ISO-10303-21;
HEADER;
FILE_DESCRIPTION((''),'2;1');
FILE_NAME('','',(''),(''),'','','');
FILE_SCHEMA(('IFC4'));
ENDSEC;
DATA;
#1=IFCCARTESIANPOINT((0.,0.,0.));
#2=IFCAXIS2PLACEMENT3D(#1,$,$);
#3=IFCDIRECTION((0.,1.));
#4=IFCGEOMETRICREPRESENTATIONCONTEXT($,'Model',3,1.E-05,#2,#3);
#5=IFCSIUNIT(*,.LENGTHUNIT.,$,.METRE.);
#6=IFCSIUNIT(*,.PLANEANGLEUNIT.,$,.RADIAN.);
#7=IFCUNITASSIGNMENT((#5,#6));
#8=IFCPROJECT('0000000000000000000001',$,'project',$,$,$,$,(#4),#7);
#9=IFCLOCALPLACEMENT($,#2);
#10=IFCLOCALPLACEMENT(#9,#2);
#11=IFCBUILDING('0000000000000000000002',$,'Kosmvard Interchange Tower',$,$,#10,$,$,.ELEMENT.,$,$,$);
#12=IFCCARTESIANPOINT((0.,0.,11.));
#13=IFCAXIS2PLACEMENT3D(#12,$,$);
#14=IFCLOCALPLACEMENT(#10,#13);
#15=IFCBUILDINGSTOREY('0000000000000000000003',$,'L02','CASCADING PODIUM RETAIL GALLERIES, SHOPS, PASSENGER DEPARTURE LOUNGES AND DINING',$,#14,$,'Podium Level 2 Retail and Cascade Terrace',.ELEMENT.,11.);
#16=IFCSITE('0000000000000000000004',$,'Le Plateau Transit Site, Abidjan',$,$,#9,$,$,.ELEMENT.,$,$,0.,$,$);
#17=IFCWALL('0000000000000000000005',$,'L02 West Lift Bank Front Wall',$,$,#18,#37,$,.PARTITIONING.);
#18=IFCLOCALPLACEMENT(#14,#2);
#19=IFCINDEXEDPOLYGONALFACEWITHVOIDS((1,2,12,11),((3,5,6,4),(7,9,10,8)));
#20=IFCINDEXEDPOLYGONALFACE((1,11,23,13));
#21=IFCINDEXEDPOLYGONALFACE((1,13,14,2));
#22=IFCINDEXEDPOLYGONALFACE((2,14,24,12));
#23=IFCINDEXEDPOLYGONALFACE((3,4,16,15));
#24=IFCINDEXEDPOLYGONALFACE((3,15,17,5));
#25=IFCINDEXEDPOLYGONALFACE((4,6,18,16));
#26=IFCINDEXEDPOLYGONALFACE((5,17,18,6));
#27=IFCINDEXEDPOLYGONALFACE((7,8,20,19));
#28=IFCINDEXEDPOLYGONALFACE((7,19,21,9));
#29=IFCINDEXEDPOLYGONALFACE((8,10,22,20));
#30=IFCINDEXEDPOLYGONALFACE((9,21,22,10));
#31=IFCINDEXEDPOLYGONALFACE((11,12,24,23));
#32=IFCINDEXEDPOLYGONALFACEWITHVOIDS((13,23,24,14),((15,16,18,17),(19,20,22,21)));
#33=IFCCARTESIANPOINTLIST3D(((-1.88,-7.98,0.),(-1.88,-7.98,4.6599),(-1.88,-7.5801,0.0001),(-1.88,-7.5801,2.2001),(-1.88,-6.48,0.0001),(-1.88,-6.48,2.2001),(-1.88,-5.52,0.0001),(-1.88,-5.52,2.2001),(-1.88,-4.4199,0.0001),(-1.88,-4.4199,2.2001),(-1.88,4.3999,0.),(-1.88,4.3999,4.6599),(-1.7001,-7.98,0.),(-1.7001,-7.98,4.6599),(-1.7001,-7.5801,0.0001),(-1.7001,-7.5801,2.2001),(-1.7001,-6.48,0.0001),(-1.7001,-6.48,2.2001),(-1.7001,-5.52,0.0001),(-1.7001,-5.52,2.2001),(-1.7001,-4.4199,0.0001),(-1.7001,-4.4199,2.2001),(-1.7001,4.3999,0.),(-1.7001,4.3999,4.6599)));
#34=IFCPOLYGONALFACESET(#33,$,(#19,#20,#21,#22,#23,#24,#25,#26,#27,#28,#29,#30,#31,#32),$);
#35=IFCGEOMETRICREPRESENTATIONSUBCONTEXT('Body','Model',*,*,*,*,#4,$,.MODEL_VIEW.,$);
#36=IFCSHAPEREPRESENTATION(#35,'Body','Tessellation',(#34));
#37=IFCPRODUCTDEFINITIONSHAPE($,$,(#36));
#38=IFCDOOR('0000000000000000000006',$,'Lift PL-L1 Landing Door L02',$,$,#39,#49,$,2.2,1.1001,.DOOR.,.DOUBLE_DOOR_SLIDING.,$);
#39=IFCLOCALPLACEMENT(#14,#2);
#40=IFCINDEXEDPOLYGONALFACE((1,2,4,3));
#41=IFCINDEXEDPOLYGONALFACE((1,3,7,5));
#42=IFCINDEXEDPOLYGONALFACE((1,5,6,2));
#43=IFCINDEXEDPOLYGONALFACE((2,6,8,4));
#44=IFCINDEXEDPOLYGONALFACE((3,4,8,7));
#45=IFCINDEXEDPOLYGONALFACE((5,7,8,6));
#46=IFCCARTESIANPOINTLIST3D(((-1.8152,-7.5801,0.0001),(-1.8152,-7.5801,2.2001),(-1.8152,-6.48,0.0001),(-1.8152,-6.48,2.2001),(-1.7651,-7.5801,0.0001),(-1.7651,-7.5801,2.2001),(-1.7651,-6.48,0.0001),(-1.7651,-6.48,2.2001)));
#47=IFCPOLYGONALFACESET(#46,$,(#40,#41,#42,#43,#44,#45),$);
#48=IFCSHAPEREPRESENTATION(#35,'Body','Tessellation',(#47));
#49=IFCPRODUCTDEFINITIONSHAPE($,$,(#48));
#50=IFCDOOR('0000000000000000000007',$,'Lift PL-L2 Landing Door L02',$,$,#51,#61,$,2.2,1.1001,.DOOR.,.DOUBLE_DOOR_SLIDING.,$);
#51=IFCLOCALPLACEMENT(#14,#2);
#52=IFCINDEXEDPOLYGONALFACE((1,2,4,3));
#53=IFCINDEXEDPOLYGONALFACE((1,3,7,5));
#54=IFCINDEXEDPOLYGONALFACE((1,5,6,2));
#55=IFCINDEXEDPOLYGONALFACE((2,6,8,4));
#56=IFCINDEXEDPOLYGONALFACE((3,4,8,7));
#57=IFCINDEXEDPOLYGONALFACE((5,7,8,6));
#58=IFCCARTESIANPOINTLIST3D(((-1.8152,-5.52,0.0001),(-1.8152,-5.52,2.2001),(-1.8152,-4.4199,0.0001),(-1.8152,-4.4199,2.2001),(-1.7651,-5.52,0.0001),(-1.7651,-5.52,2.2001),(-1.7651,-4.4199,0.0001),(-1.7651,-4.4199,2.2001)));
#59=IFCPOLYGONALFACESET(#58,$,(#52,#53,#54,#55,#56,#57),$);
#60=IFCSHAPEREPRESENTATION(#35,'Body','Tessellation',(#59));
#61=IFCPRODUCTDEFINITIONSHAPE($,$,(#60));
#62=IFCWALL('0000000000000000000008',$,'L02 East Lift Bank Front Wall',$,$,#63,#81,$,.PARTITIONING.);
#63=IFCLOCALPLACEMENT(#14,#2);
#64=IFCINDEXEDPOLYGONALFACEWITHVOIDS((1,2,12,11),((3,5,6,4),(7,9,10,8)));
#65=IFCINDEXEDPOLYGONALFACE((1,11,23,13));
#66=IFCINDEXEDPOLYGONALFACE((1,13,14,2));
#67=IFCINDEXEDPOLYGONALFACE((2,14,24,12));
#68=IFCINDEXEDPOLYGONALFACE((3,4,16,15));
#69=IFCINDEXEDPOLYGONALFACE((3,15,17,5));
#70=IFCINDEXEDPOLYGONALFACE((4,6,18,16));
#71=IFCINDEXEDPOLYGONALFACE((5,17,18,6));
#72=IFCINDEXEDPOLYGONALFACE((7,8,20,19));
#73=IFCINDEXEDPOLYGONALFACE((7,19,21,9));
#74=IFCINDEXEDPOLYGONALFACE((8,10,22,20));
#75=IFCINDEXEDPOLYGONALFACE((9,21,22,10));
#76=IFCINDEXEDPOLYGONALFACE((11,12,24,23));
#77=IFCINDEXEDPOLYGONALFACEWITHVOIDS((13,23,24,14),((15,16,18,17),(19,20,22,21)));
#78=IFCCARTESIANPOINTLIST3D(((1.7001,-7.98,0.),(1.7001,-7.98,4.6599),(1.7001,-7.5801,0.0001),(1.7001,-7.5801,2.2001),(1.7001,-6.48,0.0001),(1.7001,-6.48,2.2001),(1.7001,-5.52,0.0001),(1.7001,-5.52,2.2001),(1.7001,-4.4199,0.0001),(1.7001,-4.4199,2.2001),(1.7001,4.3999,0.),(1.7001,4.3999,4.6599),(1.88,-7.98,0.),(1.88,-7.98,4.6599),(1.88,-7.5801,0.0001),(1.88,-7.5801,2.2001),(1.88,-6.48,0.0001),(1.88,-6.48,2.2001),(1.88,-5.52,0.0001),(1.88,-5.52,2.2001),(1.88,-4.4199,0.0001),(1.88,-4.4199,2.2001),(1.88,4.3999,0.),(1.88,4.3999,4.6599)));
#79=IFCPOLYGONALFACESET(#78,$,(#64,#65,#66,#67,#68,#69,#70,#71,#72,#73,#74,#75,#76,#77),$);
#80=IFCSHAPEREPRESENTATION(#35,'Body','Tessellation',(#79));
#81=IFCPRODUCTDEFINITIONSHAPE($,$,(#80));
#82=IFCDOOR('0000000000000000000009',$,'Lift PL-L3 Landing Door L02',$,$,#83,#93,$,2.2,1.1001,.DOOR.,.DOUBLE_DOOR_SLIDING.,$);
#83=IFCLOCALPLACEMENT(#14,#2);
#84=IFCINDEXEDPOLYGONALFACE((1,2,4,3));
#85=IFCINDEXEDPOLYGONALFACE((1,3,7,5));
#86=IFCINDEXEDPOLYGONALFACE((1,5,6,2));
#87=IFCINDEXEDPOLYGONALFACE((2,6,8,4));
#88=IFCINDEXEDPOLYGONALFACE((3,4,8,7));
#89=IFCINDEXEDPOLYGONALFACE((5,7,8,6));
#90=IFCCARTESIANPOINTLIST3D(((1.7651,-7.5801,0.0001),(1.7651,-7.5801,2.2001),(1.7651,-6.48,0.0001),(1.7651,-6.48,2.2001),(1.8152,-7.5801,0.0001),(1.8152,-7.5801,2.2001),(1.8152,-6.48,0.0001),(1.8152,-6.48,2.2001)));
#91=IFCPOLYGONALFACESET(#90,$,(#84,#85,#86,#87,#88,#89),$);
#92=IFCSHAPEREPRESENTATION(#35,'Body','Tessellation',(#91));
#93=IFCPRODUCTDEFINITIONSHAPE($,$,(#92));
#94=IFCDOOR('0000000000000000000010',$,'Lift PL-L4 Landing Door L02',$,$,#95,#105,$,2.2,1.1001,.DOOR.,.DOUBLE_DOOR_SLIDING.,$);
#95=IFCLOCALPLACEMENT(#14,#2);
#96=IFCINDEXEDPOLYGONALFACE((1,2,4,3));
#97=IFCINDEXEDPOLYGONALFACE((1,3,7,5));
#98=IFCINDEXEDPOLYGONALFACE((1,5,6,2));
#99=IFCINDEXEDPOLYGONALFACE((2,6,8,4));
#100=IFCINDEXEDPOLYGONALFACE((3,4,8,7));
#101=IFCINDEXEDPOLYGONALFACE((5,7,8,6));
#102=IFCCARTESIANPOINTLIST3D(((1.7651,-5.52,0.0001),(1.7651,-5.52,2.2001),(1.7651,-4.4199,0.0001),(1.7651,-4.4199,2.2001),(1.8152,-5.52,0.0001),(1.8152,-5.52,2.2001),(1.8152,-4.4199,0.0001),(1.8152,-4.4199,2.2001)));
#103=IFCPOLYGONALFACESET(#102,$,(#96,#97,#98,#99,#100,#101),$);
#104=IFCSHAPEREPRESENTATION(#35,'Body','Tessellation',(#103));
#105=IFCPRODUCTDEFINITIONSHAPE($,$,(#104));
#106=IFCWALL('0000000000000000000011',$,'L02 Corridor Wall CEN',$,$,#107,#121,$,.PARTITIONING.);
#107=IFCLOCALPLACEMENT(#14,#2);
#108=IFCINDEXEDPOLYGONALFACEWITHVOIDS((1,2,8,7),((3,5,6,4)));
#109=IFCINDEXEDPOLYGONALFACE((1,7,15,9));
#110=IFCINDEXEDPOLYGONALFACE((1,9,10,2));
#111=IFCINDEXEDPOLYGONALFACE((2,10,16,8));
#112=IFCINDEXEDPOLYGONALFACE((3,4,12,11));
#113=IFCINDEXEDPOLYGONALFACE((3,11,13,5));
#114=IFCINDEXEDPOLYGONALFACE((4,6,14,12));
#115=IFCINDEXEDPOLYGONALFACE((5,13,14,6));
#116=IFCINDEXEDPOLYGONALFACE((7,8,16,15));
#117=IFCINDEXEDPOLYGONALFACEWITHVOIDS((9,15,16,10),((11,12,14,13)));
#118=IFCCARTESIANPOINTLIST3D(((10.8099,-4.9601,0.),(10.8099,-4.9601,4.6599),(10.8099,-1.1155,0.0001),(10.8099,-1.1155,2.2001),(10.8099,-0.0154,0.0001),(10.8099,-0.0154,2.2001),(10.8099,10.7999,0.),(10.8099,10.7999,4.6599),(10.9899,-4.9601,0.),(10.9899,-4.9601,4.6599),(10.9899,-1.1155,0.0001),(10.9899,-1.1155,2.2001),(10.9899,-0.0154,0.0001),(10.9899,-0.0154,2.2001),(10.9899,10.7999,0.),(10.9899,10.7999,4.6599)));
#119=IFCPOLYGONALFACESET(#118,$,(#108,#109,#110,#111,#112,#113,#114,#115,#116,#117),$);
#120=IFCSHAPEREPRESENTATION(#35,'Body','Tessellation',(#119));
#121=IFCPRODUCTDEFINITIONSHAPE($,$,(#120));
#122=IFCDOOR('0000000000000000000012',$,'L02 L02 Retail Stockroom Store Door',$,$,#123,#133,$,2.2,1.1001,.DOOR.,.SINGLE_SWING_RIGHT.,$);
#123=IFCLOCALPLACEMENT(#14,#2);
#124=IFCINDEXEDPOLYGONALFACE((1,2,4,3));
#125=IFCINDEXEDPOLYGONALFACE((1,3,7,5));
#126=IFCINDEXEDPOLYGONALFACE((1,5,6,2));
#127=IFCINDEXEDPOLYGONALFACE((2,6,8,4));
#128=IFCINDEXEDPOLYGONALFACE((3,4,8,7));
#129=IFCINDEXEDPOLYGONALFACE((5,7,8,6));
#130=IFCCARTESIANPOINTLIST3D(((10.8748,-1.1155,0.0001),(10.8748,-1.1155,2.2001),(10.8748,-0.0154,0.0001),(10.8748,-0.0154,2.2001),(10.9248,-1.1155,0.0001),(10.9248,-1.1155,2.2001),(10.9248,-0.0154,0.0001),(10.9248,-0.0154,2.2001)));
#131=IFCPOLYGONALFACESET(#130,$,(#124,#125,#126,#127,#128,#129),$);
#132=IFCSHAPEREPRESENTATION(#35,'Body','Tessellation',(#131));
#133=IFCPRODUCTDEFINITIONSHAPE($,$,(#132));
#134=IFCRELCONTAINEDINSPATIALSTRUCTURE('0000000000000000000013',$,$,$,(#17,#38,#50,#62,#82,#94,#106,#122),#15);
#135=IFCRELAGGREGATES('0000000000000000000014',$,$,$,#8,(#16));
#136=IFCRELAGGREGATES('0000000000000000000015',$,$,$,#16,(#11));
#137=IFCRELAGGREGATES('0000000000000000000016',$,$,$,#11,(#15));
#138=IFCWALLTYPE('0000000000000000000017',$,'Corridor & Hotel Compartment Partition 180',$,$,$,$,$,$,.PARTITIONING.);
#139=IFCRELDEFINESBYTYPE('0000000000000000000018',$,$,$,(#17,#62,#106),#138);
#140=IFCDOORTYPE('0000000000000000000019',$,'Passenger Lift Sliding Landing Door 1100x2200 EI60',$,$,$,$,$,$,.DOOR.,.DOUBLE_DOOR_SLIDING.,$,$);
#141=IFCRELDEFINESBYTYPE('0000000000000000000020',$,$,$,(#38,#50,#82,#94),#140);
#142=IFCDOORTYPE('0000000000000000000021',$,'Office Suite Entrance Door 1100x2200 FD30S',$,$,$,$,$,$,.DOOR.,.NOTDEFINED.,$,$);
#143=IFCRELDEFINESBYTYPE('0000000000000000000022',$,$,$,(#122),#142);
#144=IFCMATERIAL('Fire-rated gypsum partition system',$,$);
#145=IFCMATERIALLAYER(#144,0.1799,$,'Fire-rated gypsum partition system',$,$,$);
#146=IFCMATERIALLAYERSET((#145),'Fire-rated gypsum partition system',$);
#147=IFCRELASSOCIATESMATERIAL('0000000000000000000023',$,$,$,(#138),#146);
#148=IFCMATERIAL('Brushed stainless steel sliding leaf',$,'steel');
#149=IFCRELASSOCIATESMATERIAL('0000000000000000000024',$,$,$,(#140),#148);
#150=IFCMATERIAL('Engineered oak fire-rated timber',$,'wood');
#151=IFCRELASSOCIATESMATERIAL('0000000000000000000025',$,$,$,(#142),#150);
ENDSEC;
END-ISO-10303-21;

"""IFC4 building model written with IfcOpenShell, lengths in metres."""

from ifc_helpers import new_model, si_unit, direction, frame, frame_2d, origin, place, context, subcontext, project, spatial, rectangle, extrude, source, transform, mapped, material, layer, layer_set, type_object, element, fill, save


model = new_model("IFC4")

# Units and contexts
model_context = context("Model", 3, precision=1e-05, world=origin(), true_north=direction((0.0, 1.0)))
body_context = subcontext(model_context, "Body", "Model", "MODEL_VIEW")
ifc_project = project(units=[si_unit("LENGTHUNIT", "METRE"), si_unit("PLANEANGLEUNIT", "RADIAN")], contexts=[model_context])

# Site, building, storey
site_placement = place(None, origin())
site = spatial("IfcSite", under=ifc_project, at=site_placement, Name="Le Plateau Transit Site, Abidjan", CompositionType="ELEMENT", RefElevation=0.0)
building_placement = place(site_placement, origin())
building = spatial("IfcBuilding", under=site, at=building_placement, Name="Kosmvard Interchange Tower", CompositionType="ELEMENT")
storey_placement = place(building_placement, frame((0.0, 0.0, 11.0)))
storey = spatial("IfcBuildingStorey", under=building, at=storey_placement, Name="L02", Description="CASCADING PODIUM RETAIL GALLERIES, SHOPS, PASSENGER DEPARTURE LOUNGES AND DINING", LongName="Podium Level 2 Retail and Cascade Terrace", CompositionType="ELEMENT", Elevation=11.0)

# Walls, openings, doors
ifc_material_1 = material(Name="Fire-rated gypsum partition system")
ifc_layer_1 = layer(ifc_material_1, 0.1799, Name="Fire-rated gypsum partition system")
ifc_layer_set_1 = layer_set([ifc_layer_1], Name="Fire-rated gypsum partition system")
wall_type_1 = type_object("IfcWallType", Name="Corridor & Hotel Compartment Partition 180", PredefinedType="PARTITIONING", material=ifc_layer_set_1)
wall_1_placement = place(storey_placement, frame((-1.79, -7.98, 0.0), z_axis=(0.0, 0.0, 1.0), x_axis=(0.0, 1.0, 0.0)))
wall_1 = element("IfcWall", 1, at=wall_1_placement, inside=storey, type_object=wall_type_1, Name="L02 West Lift Bank Front Wall", PredefinedType="PARTITIONING", context=body_context, shape_type="SweptSolid", body=[
    extrude(rectangle(XDim=12.3799, YDim=0.1799, at=frame_2d((6.1899, 0.0))), origin(), (0.0, 0.0, 1.0), 4.6599),
])
opening_1_placement = place(wall_1_placement, frame((0.3999, 0.0, 0.0)))
opening_1 = element("IfcOpeningElement", 2, at=opening_1_placement, cuts=wall_1, PredefinedType="OPENING", context=body_context, shape_type="SweptSolid", body=[
    extrude(rectangle(XDim=1.1001, YDim=2.2, at=frame_2d((0.55, 1.1001))), frame((0.0, 0.1001, 0.0), z_axis=(0.0, -1.0, 0.0), x_axis=(1.0, 0.0, 0.0)), (0.0, 0.0, 1.0), 0.2),
])
opening_2_placement = place(wall_1_placement, frame((2.46, 0.0, 0.0)))
opening_2 = element("IfcOpeningElement", 3, at=opening_2_placement, cuts=wall_1, PredefinedType="OPENING", context=body_context, shape_type="SweptSolid", body=[
    extrude(rectangle(XDim=1.1001, YDim=2.2, at=frame_2d((0.55, 1.1001))), frame((0.0, 0.1001, 0.0), z_axis=(0.0, -1.0, 0.0), x_axis=(1.0, 0.0, 0.0)), (0.0, 0.0, 1.0), 0.2),
])
ifc_material_2 = material(Name="Brushed stainless steel sliding leaf", Category="steel")
door_type_1 = type_object("IfcDoorType", Name="Passenger Lift Sliding Landing Door 1100x2200 EI60", OperationType="DOUBLE_DOOR_SLIDING", PredefinedType="DOOR", material=ifc_material_2)
shared_shape_1 = source(origin(), body_context, "Body", "SweptSolid", [
    extrude(rectangle(XDim=1.1001, YDim=2.2, at=frame_2d((0.55, 1.1001))), frame((0.0, 0.0249, 0.0), z_axis=(0.0, -1.0, 0.0), x_axis=(1.0, 0.0, 0.0)), (0.0, 0.0, 1.0), 0.05),
])
door_1_placement = place(opening_1_placement, frame((1.1001, 0.0, 0.0), z_axis=(0.0, 0.0, 1.0), x_axis=(-1.0, 0.0, 0.0)))
door_1 = element("IfcDoor", 4, at=door_1_placement, inside=storey, type_object=door_type_1, Name="Lift PL-L1 Landing Door L02", OperationType="DOUBLE_DOOR_SLIDING", OverallHeight=2.2, OverallWidth=1.1001, PredefinedType="DOOR", context=body_context, shape_type="MappedRepresentation", body=[
    mapped(shared_shape_1, transform((0.0, 0.0, 0.0), scale=1.0)),
])
fill(opening_1, door_1)
door_2_placement = place(opening_2_placement, frame((1.1001, 0.0, 0.0), z_axis=(0.0, 0.0, 1.0), x_axis=(-1.0, 0.0, 0.0)))
door_2 = element("IfcDoor", 5, at=door_2_placement, inside=storey, type_object=door_type_1, Name="Lift PL-L2 Landing Door L02", OperationType="DOUBLE_DOOR_SLIDING", OverallHeight=2.2, OverallWidth=1.1001, PredefinedType="DOOR", context=body_context, shape_type="MappedRepresentation", body=[
    mapped(shared_shape_1, transform((0.0, 0.0, 0.0), scale=1.0)),
])
fill(opening_2, door_2)
wall_2_placement = place(storey_placement, frame((1.79, -7.98, 0.0), z_axis=(0.0, 0.0, 1.0), x_axis=(0.0, 1.0, 0.0)))
wall_2 = element("IfcWall", 6, at=wall_2_placement, inside=storey, type_object=wall_type_1, Name="L02 East Lift Bank Front Wall", PredefinedType="PARTITIONING", context=body_context, shape_type="SweptSolid", body=[
    extrude(rectangle(XDim=12.3799, YDim=0.1799, at=frame_2d((6.1899, 0.0))), origin(), (0.0, 0.0, 1.0), 4.6599),
])
opening_3_placement = place(wall_2_placement, frame((0.3999, 0.0, 0.0)))
opening_3 = element("IfcOpeningElement", 7, at=opening_3_placement, cuts=wall_2, PredefinedType="OPENING", context=body_context, shape_type="SweptSolid", body=[
    extrude(rectangle(XDim=1.1001, YDim=2.2, at=frame_2d((0.55, 1.1001))), frame((0.0, 0.1001, 0.0), z_axis=(0.0, -1.0, 0.0), x_axis=(1.0, 0.0, 0.0)), (0.0, 0.0, 1.0), 0.2),
])
opening_4_placement = place(wall_2_placement, frame((2.46, 0.0, 0.0)))
opening_4 = element("IfcOpeningElement", 8, at=opening_4_placement, cuts=wall_2, PredefinedType="OPENING", context=body_context, shape_type="SweptSolid", body=[
    extrude(rectangle(XDim=1.1001, YDim=2.2, at=frame_2d((0.55, 1.1001))), frame((0.0, 0.1001, 0.0), z_axis=(0.0, -1.0, 0.0), x_axis=(1.0, 0.0, 0.0)), (0.0, 0.0, 1.0), 0.2),
])
door_3_placement = place(opening_3_placement, origin())
door_3 = element("IfcDoor", 9, at=door_3_placement, inside=storey, type_object=door_type_1, Name="Lift PL-L3 Landing Door L02", OperationType="DOUBLE_DOOR_SLIDING", OverallHeight=2.2, OverallWidth=1.1001, PredefinedType="DOOR", context=body_context, shape_type="MappedRepresentation", body=[
    mapped(shared_shape_1, transform((0.0, 0.0, 0.0), scale=1.0)),
])
fill(opening_3, door_3)
door_4_placement = place(opening_4_placement, origin())
door_4 = element("IfcDoor", 10, at=door_4_placement, inside=storey, type_object=door_type_1, Name="Lift PL-L4 Landing Door L02", OperationType="DOUBLE_DOOR_SLIDING", OverallHeight=2.2, OverallWidth=1.1001, PredefinedType="DOOR", context=body_context, shape_type="MappedRepresentation", body=[
    mapped(shared_shape_1, transform((0.0, 0.0, 0.0), scale=1.0)),
])
fill(opening_4, door_4)

# Wall, opening, door
wall_3_placement = place(storey_placement, frame((10.8999, -4.96, 0.0), z_axis=(0.0, 0.0, 1.0), x_axis=(0.0, 1.0, 0.0)))
wall_3 = element("IfcWall", 11, at=wall_3_placement, inside=storey, type_object=wall_type_1, Name="L02 Corridor Wall CEN", PredefinedType="PARTITIONING", context=body_context, shape_type="SweptSolid", body=[
    extrude(rectangle(XDim=15.76, YDim=0.1799, at=frame_2d((7.8799, 0.0))), origin(), (0.0, 0.0, 1.0), 4.6599),
])
opening_5_placement = place(wall_3_placement, frame((3.8445, 0.0, 0.0)))
opening_5 = element("IfcOpeningElement", 12, at=opening_5_placement, cuts=wall_3, PredefinedType="OPENING", context=body_context, shape_type="SweptSolid", body=[
    extrude(rectangle(XDim=1.1001, YDim=2.2, at=frame_2d((0.55, 1.1001))), frame((0.0, 0.1001, 0.0), z_axis=(0.0, -1.0, 0.0), x_axis=(1.0, 0.0, 0.0)), (0.0, 0.0, 1.0), 0.2),
])
ifc_material_3 = material(Name="Engineered oak fire-rated timber", Category="wood")
door_type_2 = type_object("IfcDoorType", Name="Office Suite Entrance Door 1100x2200 FD30S", OperationType="NOTDEFINED", PredefinedType="DOOR", material=ifc_material_3)
door_5_placement = place(opening_5_placement, frame((1.1001, 0.0, 0.0), z_axis=(0.0, 0.0, 1.0), x_axis=(-1.0, 0.0, 0.0)))
door_5 = element("IfcDoor", 13, at=door_5_placement, inside=storey, type_object=door_type_2, Name="L02 L02 Retail Stockroom Store Door", OperationType="SINGLE_SWING_RIGHT", OverallHeight=2.2, OverallWidth=1.1001, PredefinedType="DOOR", context=body_context, shape_type="MappedRepresentation", body=[
    mapped(shared_shape_1, transform((0.0, 0.0, 0.0), scale=1.0)),
])
fill(opening_5, door_5)

save(model, "model.ifc")
